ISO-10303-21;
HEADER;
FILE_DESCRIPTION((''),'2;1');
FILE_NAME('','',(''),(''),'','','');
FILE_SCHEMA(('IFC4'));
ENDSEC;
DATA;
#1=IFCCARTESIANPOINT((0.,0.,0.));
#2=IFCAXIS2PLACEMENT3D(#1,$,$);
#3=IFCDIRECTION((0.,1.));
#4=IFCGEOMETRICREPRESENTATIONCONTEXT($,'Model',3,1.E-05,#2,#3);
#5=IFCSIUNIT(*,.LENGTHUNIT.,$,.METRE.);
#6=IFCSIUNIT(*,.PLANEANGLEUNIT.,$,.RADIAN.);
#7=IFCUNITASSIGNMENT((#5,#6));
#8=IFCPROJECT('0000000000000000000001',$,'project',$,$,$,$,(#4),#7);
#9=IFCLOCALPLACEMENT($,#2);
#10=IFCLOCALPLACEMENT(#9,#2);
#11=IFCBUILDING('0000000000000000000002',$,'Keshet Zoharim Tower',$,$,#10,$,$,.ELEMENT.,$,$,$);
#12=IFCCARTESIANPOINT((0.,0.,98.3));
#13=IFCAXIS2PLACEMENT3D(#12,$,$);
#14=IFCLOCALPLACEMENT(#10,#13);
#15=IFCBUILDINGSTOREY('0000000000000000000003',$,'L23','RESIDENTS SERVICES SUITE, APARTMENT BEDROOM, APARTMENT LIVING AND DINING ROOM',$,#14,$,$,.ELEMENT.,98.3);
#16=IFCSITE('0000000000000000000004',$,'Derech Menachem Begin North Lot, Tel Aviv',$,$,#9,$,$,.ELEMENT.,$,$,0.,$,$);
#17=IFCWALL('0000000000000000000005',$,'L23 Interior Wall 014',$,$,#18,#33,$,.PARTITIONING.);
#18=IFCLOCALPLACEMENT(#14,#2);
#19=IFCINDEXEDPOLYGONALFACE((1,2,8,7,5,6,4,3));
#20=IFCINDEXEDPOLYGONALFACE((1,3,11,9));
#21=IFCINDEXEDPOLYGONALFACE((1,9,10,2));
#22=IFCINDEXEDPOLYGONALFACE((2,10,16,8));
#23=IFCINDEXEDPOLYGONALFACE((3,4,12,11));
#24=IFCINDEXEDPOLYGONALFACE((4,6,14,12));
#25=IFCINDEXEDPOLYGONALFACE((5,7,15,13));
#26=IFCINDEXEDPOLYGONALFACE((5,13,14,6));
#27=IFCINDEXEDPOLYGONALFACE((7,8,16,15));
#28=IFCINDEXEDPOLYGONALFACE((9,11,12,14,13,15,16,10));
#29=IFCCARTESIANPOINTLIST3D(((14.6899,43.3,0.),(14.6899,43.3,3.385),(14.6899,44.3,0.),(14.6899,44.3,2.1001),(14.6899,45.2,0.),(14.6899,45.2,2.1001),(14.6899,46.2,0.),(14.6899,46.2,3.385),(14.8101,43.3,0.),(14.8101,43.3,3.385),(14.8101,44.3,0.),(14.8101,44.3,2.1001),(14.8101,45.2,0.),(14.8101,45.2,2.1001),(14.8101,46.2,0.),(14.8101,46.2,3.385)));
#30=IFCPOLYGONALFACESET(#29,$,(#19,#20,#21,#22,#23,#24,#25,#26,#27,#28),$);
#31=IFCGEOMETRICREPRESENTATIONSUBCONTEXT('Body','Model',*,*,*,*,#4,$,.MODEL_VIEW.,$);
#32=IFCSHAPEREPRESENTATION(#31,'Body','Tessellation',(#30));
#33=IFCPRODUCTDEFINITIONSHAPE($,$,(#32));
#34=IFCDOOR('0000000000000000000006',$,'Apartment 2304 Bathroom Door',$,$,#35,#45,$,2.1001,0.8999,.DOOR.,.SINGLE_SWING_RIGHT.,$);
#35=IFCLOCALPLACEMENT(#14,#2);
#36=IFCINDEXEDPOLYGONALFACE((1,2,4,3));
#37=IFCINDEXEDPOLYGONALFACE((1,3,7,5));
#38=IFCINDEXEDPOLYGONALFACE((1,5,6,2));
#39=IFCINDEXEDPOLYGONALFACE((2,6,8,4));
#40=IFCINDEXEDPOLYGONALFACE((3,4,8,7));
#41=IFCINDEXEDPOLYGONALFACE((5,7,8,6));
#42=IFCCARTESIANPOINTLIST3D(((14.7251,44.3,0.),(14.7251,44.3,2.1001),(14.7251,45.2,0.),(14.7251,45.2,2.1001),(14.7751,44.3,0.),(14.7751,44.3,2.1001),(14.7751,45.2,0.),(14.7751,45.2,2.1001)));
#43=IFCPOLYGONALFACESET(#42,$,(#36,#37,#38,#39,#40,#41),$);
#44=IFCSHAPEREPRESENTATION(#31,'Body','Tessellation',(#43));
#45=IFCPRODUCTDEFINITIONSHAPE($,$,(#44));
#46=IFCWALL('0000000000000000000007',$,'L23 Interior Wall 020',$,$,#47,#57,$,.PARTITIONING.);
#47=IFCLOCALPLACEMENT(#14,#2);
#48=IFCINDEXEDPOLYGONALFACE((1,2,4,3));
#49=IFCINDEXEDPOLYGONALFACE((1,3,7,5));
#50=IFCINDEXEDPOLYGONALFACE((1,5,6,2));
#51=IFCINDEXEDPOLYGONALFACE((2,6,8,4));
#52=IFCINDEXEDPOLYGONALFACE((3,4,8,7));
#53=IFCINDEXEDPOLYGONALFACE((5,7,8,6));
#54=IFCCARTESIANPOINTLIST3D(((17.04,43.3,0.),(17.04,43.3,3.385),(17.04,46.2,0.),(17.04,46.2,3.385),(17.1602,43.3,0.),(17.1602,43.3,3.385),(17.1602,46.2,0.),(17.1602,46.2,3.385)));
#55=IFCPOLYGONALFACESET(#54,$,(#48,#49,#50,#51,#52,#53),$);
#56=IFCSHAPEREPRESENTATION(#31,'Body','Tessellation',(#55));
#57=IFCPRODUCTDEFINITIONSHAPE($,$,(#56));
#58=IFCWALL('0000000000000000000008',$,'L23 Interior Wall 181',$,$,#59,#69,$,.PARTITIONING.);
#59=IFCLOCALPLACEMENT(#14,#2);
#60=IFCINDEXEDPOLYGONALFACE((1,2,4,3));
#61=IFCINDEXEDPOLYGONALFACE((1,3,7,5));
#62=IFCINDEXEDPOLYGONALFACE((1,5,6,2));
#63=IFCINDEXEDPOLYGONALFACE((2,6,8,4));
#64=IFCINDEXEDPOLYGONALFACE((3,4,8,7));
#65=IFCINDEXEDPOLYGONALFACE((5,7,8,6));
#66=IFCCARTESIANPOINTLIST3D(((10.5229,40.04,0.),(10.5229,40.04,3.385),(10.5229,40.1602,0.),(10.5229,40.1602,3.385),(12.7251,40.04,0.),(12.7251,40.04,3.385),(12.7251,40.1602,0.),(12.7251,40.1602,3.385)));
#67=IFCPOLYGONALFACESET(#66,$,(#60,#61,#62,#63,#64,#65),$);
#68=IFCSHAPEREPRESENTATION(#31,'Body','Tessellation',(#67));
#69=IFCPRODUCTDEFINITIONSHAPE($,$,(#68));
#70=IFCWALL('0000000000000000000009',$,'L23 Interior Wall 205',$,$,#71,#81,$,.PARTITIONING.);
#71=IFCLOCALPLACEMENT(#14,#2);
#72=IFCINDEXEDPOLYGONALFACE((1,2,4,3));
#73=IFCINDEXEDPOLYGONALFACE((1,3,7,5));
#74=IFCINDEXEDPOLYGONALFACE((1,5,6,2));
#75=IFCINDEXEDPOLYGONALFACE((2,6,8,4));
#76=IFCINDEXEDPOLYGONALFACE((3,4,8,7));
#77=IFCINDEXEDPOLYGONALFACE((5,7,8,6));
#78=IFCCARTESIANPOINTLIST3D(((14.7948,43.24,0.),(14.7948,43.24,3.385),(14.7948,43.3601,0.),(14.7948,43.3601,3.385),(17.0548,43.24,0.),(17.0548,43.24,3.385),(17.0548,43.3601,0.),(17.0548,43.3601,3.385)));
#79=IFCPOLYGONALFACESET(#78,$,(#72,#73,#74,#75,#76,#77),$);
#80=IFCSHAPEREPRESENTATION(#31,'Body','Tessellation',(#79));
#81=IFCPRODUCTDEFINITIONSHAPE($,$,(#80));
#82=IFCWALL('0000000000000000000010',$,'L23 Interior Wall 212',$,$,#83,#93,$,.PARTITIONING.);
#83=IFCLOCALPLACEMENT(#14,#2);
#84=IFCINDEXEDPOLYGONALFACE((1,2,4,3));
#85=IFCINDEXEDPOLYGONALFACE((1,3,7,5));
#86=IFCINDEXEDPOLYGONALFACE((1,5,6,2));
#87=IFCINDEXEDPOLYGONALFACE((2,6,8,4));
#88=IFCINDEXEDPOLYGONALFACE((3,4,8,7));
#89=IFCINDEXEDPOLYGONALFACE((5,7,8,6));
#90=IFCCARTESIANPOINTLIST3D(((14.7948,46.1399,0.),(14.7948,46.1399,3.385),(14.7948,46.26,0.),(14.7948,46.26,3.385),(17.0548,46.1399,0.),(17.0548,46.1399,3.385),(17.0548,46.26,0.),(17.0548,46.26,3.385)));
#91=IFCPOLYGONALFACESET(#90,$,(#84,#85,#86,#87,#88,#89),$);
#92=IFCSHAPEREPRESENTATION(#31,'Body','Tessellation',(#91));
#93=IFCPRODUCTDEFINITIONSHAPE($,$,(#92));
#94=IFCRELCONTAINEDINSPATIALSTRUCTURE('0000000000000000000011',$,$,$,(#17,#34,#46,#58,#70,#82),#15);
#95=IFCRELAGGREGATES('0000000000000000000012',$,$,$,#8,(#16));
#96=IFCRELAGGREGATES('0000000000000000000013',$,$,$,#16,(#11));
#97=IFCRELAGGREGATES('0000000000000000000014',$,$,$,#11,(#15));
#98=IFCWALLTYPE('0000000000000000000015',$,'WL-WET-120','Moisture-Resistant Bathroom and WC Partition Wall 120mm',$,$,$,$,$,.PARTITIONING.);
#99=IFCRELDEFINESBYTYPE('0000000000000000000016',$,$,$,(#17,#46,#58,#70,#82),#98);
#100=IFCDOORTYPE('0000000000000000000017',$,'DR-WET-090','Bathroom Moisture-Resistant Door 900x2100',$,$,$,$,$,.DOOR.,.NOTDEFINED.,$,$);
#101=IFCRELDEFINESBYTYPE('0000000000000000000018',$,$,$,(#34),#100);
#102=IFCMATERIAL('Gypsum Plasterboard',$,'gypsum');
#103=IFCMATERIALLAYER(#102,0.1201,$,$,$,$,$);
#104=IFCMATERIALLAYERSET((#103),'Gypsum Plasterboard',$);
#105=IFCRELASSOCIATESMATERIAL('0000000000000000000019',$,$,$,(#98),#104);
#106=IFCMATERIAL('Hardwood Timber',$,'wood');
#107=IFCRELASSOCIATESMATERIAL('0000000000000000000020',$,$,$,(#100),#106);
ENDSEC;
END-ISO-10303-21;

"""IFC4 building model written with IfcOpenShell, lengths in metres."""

from ifc_helpers import new_model, si_unit, direction, frame, frame_2d, origin, place, context, subcontext, project, spatial, rectangle, extrude, material, layer, layer_set, type_object, element, fill, save


model = new_model("IFC4")

# Units and contexts
model_context = context("Model", 3, precision=1e-05, world=origin(), true_north=direction((0.0, 1.0)))
body_context = subcontext(model_context, "Body", "Model", "MODEL_VIEW")
ifc_project = project(units=[si_unit("LENGTHUNIT", "METRE"), si_unit("PLANEANGLEUNIT", "RADIAN")], contexts=[model_context])

# Site, building, storey
site_placement = place(None, origin())
site = spatial("IfcSite", under=ifc_project, at=site_placement, Name="Derech Menachem Begin North Lot, Tel Aviv", CompositionType="ELEMENT", RefElevation=0.0)
building_placement = place(site_placement, origin())
building = spatial("IfcBuilding", under=site, at=building_placement, Name="Keshet Zoharim Tower", CompositionType="ELEMENT")
storey_placement = place(building_placement, frame((0.0, 0.0, 98.3)))
storey = spatial("IfcBuildingStorey", under=building, at=storey_placement, Name="L23", Description="RESIDENTS SERVICES SUITE, APARTMENT BEDROOM, APARTMENT LIVING AND DINING ROOM", CompositionType="ELEMENT", Elevation=98.3)

# Shared definitions
ifc_material_1 = material(Name="Gypsum Plasterboard", Category="gypsum")

# Shared definitions
ifc_material_2 = material(Name="Hardwood Timber", Category="wood")

# Wall, opening, door
ifc_layer_1 = layer(ifc_material_1, 0.1201)
ifc_layer_set_1 = layer_set([ifc_layer_1], Name="Gypsum Plasterboard")
wall_type_1 = type_object("IfcWallType", Name="WL-WET-120", Description="Moisture-Resistant Bathroom and WC Partition Wall 120mm", PredefinedType="PARTITIONING", material=ifc_layer_set_1)
wall_1_placement = place(storey_placement, frame((14.75, 43.3, 0.0), z_axis=(0.0, 0.0, 1.0), x_axis=(0.0, 1.0, 0.0)))
wall_1 = element("IfcWall", 1, at=wall_1_placement, inside=storey, type_object=wall_type_1, Name="L23 Interior Wall 014", PredefinedType="PARTITIONING", context=body_context, shape_type="SweptSolid", body=[
    extrude(rectangle(XDim=2.8999, YDim=0.1201, at=frame_2d((1.45, 0.0))), origin(), (0.0, 0.0, 1.0), 3.385),
])
opening_1_placement = place(wall_1_placement, frame((1.0, 0.0, 0.0)))
opening_1 = element("IfcOpeningElement", 2, at=opening_1_placement, cuts=wall_1, PredefinedType="OPENING", context=body_context, shape_type="SweptSolid", body=[
    extrude(rectangle(XDim=0.8999, YDim=2.1001, at=frame_2d((0.45, 1.05))), frame((0.0, 0.0701, 0.0), z_axis=(0.0, -1.0, 0.0), x_axis=(1.0, 0.0, 0.0)), (0.0, 0.0, 1.0), 0.1401),
])
door_type_1 = type_object("IfcDoorType", Name="DR-WET-090", Description="Bathroom Moisture-Resistant Door 900x2100", OperationType="NOTDEFINED", PredefinedType="DOOR", material=ifc_material_2)
door_1_placement = place(opening_1_placement, origin())
door_1 = element("IfcDoor", 3, at=door_1_placement, inside=storey, type_object=door_type_1, Name="Apartment 2304 Bathroom Door", OperationType="SINGLE_SWING_RIGHT", OverallHeight=2.1001, OverallWidth=0.8999, PredefinedType="DOOR", context=body_context, shape_type="SweptSolid", body=[
    extrude(rectangle(XDim=0.8999, YDim=2.1001, at=frame_2d((0.45, 1.05))), frame((0.0, 0.0249, 0.0), z_axis=(0.0, -1.0, 0.0), x_axis=(1.0, 0.0, 0.0)), (0.0, 0.0, 1.0), 0.05),
])
fill(opening_1, door_1)

# Walls
wall_2_placement = place(storey_placement, frame((17.1001, 43.3, 0.0), z_axis=(0.0, 0.0, 1.0), x_axis=(0.0, 1.0, 0.0)))
element("IfcWall", 4, at=wall_2_placement, inside=storey, type_object=wall_type_1, Name="L23 Interior Wall 020", PredefinedType="PARTITIONING", context=body_context, shape_type="SweptSolid", body=[
    extrude(rectangle(XDim=2.8999, YDim=0.1201, at=frame_2d((1.45, 0.0))), origin(), (0.0, 0.0, 1.0), 3.385),
])
wall_3_placement = place(storey_placement, frame((10.5229, 40.1001, 0.0), z_axis=(0.0, 0.0, 1.0), x_axis=(1.0, 0.0, 0.0)))
element("IfcWall", 5, at=wall_3_placement, inside=storey, type_object=wall_type_1, Name="L23 Interior Wall 181", PredefinedType="PARTITIONING", context=body_context, shape_type="SweptSolid", body=[
    extrude(rectangle(XDim=2.2021, YDim=0.1201, at=frame_2d((1.1011, 0.0))), origin(), (0.0, 0.0, 1.0), 3.385),
])
for number, where, z_axis, x_axis, name in (
    (6, (14.7949, 43.3, 0.0), (0.0, 0.0, 1.0), (1.0, 0.0, 0.0), "L23 Interior Wall 205"),
    (7, (14.7949, 46.2, 0.0), (0.0, 0.0, 1.0), (1.0, 0.0, 0.0), "L23 Interior Wall 212"),
):
    element("IfcWall", number, at=place(storey_placement, frame(where, z_axis=z_axis, x_axis=x_axis)), inside=storey, type_object=wall_type_1, Name=name, PredefinedType="PARTITIONING", context=body_context, shape_type="SweptSolid", body=[
        extrude(rectangle(XDim=2.26, YDim=0.1201, at=frame_2d((1.1299, 0.0))), origin(), (0.0, 0.0, 1.0), 3.385),
    ])

save(model, "model.ifc")
